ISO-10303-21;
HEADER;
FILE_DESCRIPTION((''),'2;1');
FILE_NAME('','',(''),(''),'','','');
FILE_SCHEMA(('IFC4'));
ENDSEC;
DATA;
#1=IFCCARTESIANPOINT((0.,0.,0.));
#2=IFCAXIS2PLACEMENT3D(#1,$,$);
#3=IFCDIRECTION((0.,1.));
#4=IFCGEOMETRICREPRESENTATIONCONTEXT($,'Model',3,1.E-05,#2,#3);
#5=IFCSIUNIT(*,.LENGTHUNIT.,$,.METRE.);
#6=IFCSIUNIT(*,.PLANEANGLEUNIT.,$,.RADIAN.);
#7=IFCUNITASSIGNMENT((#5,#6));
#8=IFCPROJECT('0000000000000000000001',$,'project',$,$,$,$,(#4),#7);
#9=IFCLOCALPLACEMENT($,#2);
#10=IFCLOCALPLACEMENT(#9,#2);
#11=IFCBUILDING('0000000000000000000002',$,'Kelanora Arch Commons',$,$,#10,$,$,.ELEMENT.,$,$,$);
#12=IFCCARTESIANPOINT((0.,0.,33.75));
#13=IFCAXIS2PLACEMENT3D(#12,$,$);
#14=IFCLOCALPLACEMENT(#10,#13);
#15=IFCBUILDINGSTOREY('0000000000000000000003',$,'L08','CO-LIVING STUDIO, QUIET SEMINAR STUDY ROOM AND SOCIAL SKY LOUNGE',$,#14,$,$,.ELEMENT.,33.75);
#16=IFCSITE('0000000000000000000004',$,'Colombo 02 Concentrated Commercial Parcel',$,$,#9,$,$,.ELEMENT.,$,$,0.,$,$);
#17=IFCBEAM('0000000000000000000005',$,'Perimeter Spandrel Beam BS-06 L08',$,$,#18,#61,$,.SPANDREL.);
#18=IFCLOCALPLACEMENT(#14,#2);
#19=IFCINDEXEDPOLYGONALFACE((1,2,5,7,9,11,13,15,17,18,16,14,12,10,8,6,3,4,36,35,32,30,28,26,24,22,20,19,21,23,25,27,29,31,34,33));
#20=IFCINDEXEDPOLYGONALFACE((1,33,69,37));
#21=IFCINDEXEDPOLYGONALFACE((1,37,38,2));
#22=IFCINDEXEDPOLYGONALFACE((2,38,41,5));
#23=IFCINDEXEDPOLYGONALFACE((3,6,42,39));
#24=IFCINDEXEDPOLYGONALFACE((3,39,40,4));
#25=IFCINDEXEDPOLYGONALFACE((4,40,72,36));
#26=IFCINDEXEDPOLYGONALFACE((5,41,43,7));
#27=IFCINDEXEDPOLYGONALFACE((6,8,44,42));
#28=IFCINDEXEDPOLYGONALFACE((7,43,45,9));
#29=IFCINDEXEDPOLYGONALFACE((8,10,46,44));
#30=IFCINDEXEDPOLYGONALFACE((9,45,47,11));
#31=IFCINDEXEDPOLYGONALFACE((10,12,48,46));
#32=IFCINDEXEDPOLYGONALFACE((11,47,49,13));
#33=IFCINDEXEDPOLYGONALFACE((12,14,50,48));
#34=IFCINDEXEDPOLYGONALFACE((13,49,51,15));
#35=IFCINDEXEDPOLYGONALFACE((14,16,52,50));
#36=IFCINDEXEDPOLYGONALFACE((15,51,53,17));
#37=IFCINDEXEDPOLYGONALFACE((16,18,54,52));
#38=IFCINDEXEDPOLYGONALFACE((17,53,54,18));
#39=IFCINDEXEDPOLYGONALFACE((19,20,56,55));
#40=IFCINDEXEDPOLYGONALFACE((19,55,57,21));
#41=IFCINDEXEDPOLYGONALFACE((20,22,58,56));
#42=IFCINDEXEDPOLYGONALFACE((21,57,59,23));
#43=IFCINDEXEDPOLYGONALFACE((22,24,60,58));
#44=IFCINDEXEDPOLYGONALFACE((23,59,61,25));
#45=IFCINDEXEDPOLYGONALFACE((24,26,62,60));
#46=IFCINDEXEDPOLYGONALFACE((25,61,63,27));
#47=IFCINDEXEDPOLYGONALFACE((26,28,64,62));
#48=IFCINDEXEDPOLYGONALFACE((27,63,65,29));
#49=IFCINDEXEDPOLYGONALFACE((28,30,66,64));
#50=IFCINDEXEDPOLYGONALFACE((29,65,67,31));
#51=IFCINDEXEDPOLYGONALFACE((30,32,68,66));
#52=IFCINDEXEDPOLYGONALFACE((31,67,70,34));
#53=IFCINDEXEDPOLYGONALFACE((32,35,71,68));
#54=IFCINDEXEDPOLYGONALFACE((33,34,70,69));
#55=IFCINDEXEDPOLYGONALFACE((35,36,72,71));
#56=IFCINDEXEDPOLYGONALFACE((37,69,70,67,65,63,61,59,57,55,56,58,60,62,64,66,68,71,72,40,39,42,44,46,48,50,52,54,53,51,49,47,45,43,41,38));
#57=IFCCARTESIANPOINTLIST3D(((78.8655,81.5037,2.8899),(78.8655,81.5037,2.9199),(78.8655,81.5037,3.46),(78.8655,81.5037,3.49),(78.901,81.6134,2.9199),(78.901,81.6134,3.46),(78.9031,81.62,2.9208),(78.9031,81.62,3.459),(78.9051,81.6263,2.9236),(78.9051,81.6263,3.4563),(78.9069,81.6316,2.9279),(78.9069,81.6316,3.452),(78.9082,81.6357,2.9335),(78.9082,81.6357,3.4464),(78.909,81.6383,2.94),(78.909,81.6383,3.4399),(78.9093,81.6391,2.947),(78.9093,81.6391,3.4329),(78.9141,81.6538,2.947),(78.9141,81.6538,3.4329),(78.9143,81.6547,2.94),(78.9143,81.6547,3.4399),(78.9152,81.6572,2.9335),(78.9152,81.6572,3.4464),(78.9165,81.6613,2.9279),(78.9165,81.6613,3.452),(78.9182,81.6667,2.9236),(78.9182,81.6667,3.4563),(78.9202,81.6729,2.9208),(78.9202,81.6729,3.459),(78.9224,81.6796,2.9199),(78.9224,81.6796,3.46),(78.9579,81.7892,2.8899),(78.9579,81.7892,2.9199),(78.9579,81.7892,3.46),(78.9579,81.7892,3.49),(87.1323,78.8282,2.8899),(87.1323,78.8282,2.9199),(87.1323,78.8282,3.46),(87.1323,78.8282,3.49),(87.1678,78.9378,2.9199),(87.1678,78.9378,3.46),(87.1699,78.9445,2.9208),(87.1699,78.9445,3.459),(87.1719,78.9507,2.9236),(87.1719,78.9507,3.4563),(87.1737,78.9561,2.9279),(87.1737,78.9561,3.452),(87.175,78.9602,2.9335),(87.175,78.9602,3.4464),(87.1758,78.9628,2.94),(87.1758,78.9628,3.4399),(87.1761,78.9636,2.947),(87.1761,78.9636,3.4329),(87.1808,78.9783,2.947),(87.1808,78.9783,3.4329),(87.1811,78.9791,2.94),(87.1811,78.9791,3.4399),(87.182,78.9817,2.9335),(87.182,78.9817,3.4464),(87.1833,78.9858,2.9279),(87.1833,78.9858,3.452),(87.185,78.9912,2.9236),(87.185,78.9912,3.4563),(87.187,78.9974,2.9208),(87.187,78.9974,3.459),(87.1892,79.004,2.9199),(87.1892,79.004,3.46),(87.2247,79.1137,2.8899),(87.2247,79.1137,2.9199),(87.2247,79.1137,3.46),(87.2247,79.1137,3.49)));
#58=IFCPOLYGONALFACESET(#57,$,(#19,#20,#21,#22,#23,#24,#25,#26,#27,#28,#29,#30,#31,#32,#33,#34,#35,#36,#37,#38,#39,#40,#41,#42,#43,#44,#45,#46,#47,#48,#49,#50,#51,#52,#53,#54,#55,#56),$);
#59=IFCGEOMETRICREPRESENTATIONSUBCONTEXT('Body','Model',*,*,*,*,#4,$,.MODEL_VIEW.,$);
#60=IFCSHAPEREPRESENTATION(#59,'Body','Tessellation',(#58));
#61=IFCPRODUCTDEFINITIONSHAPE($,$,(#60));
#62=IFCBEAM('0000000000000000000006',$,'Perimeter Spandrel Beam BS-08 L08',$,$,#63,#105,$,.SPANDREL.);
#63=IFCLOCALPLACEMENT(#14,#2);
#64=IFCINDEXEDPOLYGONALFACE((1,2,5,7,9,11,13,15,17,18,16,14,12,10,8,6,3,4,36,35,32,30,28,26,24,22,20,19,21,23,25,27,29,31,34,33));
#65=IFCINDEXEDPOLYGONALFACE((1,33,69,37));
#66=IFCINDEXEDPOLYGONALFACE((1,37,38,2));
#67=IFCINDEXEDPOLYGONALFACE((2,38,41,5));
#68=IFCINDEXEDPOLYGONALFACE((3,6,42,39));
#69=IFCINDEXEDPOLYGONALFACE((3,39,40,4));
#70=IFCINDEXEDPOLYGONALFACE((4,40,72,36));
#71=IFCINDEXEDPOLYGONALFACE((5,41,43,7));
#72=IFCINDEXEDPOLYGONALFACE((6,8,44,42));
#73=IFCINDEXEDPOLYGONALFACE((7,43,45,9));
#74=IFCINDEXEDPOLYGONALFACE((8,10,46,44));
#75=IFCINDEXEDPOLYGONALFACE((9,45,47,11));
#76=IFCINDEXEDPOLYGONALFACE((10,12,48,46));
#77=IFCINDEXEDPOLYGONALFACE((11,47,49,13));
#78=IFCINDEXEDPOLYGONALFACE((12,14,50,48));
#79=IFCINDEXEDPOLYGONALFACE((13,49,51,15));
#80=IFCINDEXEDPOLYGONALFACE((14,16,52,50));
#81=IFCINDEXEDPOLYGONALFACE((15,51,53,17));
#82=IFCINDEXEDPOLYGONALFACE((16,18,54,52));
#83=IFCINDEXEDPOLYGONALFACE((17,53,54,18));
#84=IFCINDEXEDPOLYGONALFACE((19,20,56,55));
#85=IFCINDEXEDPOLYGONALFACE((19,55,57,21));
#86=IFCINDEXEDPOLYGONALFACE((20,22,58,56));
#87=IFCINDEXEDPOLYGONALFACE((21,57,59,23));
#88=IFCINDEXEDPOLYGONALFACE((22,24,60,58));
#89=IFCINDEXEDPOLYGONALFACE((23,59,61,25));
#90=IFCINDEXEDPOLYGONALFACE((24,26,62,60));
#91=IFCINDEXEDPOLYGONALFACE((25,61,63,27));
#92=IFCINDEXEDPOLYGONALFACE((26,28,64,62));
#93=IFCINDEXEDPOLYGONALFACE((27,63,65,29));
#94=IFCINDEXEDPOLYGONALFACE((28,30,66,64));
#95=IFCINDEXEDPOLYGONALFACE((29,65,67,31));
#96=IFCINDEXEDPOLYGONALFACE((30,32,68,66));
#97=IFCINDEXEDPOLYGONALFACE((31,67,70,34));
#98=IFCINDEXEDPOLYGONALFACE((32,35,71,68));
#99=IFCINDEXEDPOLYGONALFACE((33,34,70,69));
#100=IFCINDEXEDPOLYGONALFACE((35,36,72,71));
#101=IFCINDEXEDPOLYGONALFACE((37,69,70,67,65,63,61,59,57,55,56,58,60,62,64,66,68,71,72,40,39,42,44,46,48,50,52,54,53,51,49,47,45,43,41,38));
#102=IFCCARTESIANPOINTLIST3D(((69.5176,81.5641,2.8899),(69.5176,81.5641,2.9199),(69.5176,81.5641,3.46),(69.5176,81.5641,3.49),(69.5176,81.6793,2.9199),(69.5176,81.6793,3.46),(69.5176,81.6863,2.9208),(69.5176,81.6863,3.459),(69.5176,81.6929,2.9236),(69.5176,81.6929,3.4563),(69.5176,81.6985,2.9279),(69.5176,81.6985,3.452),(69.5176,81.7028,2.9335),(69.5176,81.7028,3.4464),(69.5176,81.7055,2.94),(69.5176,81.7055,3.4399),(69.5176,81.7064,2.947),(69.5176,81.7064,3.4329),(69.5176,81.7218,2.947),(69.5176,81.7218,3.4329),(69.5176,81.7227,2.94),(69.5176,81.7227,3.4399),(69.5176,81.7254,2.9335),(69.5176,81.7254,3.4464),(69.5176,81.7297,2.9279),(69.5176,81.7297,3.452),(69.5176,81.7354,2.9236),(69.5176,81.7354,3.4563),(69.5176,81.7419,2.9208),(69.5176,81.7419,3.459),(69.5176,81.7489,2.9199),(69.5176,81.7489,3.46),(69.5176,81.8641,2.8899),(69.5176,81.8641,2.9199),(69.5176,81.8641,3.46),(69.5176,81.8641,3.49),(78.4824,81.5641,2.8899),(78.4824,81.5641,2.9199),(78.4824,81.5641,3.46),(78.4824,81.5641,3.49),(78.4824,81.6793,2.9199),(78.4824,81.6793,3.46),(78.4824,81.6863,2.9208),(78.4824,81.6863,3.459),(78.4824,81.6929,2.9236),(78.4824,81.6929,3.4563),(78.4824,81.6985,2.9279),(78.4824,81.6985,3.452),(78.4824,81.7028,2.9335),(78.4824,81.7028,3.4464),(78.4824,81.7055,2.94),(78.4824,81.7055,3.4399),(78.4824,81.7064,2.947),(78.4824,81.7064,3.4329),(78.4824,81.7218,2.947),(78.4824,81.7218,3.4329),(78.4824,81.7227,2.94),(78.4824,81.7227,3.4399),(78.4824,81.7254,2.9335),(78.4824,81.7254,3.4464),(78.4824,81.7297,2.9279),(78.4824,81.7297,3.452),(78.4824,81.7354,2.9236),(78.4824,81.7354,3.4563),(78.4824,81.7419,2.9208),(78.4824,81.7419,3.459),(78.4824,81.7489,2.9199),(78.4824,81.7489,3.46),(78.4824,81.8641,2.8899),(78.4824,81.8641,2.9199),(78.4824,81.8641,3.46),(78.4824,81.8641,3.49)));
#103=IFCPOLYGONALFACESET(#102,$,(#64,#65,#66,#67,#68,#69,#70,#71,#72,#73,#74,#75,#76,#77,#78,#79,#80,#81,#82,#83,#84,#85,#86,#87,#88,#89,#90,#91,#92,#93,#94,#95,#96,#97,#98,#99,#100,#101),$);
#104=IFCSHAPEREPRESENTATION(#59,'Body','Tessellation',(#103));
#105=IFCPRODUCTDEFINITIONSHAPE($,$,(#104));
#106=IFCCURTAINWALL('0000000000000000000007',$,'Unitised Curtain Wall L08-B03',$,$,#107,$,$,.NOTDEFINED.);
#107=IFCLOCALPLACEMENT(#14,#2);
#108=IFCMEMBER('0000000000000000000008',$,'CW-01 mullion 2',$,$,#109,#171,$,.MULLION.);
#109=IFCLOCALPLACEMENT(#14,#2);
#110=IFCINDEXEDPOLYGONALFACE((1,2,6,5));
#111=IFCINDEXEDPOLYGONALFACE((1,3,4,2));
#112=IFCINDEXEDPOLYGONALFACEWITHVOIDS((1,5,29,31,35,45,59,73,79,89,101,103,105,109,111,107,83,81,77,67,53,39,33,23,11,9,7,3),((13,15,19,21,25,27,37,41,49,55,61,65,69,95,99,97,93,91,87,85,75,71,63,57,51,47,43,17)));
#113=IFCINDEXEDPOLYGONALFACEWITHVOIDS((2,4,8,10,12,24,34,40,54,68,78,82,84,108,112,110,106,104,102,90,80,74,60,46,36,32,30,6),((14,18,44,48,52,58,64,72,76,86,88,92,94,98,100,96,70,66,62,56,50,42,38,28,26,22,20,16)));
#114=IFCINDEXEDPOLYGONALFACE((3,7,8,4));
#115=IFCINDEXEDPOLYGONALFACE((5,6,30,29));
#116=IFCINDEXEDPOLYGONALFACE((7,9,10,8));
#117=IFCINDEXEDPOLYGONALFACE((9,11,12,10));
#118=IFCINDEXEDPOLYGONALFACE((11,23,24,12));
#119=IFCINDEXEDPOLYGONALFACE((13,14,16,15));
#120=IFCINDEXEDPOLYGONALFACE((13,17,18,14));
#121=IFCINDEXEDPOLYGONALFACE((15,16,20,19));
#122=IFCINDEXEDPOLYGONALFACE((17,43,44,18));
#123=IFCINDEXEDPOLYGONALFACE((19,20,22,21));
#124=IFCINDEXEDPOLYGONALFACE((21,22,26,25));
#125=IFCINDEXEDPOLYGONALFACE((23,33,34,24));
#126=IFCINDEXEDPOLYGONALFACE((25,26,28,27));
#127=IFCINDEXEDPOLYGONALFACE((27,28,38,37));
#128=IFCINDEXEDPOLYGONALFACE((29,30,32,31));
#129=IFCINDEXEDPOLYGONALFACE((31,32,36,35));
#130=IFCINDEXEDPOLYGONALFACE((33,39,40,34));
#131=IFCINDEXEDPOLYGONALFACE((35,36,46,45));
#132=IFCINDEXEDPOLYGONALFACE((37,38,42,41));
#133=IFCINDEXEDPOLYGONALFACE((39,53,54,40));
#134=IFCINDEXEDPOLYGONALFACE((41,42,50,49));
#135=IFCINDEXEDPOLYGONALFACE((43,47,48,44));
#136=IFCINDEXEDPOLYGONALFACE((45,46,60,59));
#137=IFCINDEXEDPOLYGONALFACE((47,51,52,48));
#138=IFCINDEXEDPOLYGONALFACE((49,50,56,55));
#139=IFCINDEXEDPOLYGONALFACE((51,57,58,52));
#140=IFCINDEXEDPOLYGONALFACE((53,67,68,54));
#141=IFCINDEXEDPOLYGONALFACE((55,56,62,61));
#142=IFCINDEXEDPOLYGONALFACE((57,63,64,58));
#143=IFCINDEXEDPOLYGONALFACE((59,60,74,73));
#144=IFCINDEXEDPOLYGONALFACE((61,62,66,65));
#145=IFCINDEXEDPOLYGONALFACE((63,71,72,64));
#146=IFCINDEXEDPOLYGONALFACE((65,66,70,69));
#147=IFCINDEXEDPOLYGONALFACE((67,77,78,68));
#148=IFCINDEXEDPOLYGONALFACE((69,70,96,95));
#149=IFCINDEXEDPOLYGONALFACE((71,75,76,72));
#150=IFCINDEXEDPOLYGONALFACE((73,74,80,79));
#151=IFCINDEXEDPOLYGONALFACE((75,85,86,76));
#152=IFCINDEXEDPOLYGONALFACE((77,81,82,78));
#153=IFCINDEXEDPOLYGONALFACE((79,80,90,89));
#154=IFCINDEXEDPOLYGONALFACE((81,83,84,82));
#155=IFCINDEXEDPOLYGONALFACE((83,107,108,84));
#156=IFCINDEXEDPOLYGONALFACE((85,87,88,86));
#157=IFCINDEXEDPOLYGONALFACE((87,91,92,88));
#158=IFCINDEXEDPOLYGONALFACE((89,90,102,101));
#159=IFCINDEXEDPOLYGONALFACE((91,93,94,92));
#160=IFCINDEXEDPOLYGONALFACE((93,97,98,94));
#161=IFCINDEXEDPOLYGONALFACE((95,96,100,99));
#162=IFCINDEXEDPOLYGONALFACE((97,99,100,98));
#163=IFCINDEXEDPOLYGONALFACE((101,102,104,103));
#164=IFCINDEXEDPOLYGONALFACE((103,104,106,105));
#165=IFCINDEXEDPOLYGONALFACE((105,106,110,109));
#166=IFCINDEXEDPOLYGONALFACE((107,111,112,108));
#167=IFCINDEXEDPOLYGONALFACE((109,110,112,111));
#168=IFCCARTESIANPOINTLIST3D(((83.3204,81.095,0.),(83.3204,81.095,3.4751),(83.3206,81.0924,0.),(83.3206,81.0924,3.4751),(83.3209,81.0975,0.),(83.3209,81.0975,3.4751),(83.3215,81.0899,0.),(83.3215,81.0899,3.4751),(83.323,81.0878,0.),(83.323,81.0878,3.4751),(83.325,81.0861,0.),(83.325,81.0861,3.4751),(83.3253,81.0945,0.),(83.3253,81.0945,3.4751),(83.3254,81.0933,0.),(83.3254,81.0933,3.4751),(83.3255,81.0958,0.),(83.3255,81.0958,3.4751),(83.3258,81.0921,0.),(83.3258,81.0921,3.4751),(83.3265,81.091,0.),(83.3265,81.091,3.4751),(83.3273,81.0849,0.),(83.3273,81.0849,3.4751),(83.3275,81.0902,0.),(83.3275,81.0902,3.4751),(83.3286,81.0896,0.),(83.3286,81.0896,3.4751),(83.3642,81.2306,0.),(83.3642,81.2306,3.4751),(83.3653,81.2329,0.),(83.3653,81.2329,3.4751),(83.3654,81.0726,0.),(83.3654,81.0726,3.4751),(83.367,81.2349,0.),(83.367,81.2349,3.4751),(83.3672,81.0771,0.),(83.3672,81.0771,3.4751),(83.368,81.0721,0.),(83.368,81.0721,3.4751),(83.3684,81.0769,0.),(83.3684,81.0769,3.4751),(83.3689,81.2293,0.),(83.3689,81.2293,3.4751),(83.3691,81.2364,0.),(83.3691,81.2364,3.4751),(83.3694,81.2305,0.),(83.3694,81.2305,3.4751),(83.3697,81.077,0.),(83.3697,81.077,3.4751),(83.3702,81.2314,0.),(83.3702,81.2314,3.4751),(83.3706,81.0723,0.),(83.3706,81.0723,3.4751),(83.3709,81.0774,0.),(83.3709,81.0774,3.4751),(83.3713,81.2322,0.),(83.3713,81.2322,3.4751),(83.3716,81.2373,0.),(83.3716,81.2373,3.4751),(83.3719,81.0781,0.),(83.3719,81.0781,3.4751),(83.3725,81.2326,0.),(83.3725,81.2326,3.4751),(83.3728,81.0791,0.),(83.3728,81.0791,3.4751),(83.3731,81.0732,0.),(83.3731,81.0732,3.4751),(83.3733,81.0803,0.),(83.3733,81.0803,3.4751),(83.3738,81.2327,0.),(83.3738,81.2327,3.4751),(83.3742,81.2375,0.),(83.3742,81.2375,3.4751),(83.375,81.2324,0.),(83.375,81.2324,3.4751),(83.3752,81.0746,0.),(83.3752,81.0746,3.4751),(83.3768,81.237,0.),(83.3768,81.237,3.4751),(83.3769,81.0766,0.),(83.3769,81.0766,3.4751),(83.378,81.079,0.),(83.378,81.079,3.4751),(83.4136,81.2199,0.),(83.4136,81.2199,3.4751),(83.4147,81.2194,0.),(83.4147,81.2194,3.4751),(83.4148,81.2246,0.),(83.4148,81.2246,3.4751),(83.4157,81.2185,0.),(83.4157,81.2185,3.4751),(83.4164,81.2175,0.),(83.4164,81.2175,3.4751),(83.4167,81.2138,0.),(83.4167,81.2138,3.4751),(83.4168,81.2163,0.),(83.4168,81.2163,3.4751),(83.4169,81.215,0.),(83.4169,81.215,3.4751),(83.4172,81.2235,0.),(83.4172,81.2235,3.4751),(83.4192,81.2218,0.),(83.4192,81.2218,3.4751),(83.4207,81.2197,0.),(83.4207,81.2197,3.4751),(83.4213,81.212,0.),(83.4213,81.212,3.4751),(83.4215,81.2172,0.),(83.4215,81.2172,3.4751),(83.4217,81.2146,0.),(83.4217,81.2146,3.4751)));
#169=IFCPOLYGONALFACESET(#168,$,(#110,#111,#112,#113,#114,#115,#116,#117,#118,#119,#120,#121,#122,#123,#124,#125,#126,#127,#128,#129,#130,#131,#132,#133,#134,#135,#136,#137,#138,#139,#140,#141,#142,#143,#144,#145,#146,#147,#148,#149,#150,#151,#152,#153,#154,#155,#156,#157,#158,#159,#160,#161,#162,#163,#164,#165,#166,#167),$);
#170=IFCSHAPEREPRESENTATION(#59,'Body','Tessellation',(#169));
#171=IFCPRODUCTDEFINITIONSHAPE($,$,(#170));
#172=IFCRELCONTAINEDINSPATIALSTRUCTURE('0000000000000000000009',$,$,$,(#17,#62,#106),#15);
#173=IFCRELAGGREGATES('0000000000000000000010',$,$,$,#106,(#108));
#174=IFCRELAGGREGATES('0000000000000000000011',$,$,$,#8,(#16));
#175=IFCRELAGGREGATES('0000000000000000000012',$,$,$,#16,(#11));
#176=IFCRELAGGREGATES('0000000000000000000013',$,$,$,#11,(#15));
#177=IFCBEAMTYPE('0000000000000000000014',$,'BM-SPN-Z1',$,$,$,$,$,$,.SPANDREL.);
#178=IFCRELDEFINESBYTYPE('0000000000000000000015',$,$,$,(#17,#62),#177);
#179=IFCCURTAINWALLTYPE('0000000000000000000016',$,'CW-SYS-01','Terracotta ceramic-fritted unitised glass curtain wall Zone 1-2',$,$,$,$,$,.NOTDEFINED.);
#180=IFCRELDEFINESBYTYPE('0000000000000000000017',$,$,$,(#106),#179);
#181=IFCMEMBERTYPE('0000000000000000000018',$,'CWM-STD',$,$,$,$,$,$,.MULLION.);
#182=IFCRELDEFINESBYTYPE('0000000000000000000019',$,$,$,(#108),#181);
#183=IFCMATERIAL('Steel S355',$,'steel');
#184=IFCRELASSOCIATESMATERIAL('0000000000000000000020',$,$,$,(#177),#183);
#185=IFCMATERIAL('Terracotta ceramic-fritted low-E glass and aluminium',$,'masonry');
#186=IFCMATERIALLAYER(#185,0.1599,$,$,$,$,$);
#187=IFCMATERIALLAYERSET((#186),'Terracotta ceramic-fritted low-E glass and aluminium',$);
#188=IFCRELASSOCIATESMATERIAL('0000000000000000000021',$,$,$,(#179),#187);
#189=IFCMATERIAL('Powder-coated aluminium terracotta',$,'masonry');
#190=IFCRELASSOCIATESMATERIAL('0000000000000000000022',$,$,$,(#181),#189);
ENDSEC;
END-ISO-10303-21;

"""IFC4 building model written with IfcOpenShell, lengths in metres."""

from ifc_helpers import new_model, si_unit, direction, frame, origin, origin_2d, place, context, subcontext, project, spatial, hollow_rectangle, i_section, extrude, material, layer, layer_set, material_profile, profile_set, type_object, element, aggregate, save


model = new_model("IFC4")

# Units and contexts
model_context = context("Model", 3, precision=1e-05, world=origin(), true_north=direction((0.0, 1.0)))
body_context = subcontext(model_context, "Body", "Model", "MODEL_VIEW")
ifc_project = project(units=[si_unit("LENGTHUNIT", "METRE"), si_unit("PLANEANGLEUNIT", "RADIAN")], contexts=[model_context])

# Site, building, storey
site_placement = place(None, origin())
site = spatial("IfcSite", under=ifc_project, at=site_placement, Name="Colombo 02 Concentrated Commercial Parcel", CompositionType="ELEMENT", RefElevation=0.0)
building_placement = place(site_placement, origin())
building = spatial("IfcBuilding", under=site, at=building_placement, Name="Kelanora Arch Commons", CompositionType="ELEMENT")
storey_placement = place(building_placement, frame((0.0, 0.0, 33.75)))
storey = spatial("IfcBuildingStorey", under=building, at=storey_placement, Name="L08", Description="CO-LIVING STUDIO, QUIET SEMINAR STUDY ROOM AND SOCIAL SKY LOUNGE", CompositionType="ELEMENT", Elevation=33.75)

# Beams
ifc_material_1 = material(Name="Steel S355", Category="steel")
ifc_material_profile_1 = material_profile(ifc_material_1, i_section(OverallWidth=0.3, OverallDepth=0.6001, WebThickness=0.0154, FlangeThickness=0.03, FilletRadius=0.0271, at=origin_2d()), Name="HEB600")
ifc_profile_set_1 = profile_set([ifc_material_profile_1], Name="Steel S355")
beam_type_1 = type_object("IfcBeamType", Name="BM-SPN-Z1", PredefinedType="SPANDREL", material=ifc_profile_set_1)
beam_1_placement = place(storey_placement, frame((87.1785, 78.9709, 3.1899), z_axis=(-0.951412, 0.307921, 0.0), x_axis=(-0.307921, -0.951412, 0.0)))
element("IfcBeam", 1, at=beam_1_placement, inside=storey, type_object=beam_type_1, Name="Perimeter Spandrel Beam BS-06 L08", PredefinedType="SPANDREL", context=body_context, shape_type="SweptSolid", body=[
    extrude(i_section(OverallWidth=0.3, OverallDepth=0.6001, WebThickness=0.0154, FlangeThickness=0.03, FilletRadius=0.0271, at=origin_2d()), origin(), (0.0, 0.0, 1.0), 8.689),
])
beam_2_placement = place(storey_placement, frame((78.4824, 81.7141, 3.1899), z_axis=(-1.0, 0.0, 0.0), x_axis=(0.0, -1.0, 0.0)))
element("IfcBeam", 2, at=beam_2_placement, inside=storey, type_object=beam_type_1, Name="Perimeter Spandrel Beam BS-08 L08", PredefinedType="SPANDREL", context=body_context, shape_type="SweptSolid", body=[
    extrude(i_section(OverallWidth=0.3, OverallDepth=0.6001, WebThickness=0.0154, FlangeThickness=0.03, FilletRadius=0.0271, at=origin_2d()), origin(), (0.0, 0.0, 1.0), 8.9648),
])

# Curtain wall, member
ifc_material_2 = material(Name="Terracotta ceramic-fritted low-E glass and aluminium", Category="masonry")
ifc_layer_1 = layer(ifc_material_2, 0.1599)
ifc_layer_set_1 = layer_set([ifc_layer_1], Name="Terracotta ceramic-fritted low-E glass and aluminium")
curtain_wall_type = type_object("IfcCurtainWallType", Name="CW-SYS-01", Description="Terracotta ceramic-fritted unitised glass curtain wall Zone 1-2", PredefinedType="NOTDEFINED", material=ifc_layer_set_1)
curtain_wall_placement = place(storey_placement, origin())
curtain_wall = element("IfcCurtainWall", 3, at=curtain_wall_placement, inside=storey, type_object=curtain_wall_type, Name="Unitised Curtain Wall L08-B03", PredefinedType="NOTDEFINED")
ifc_material_3 = material(Name="Powder-coated aluminium terracotta", Category="masonry")
ifc_material_profile_2 = material_profile(ifc_material_3, hollow_rectangle(XDim=0.1599, YDim=0.0601, WallThickness=0.0049, InnerFilletRadius=0.0049, OuterFilletRadius=0.01, at=origin_2d()), Name="CWM160x60")
ifc_profile_set_2 = profile_set([ifc_material_profile_2], Name="Powder-coated aluminium terracotta")
member_type_1 = type_object("IfcMemberType", Name="CWM-STD", PredefinedType="MULLION", material=ifc_profile_set_2)
member_1_placement = place(storey_placement, frame((83.3711, 81.1548, 0.0), z_axis=(0.0, 0.0, 1.0), x_axis=(-0.309058, -0.951043, 0.0)))
member_1 = element("IfcMember", 4, at=member_1_placement, type_object=member_type_1, Name="CW-01 mullion 2", PredefinedType="MULLION", context=body_context, shape_type="SweptSolid", body=[
    extrude(hollow_rectangle(XDim=0.1599, YDim=0.0601, WallThickness=0.0049, InnerFilletRadius=0.0049, OuterFilletRadius=0.01, at=origin_2d()), origin(), (0.0, 0.0, 1.0), 3.4751),
])
aggregate(curtain_wall, [member_1])

save(model, "model.ifc")
